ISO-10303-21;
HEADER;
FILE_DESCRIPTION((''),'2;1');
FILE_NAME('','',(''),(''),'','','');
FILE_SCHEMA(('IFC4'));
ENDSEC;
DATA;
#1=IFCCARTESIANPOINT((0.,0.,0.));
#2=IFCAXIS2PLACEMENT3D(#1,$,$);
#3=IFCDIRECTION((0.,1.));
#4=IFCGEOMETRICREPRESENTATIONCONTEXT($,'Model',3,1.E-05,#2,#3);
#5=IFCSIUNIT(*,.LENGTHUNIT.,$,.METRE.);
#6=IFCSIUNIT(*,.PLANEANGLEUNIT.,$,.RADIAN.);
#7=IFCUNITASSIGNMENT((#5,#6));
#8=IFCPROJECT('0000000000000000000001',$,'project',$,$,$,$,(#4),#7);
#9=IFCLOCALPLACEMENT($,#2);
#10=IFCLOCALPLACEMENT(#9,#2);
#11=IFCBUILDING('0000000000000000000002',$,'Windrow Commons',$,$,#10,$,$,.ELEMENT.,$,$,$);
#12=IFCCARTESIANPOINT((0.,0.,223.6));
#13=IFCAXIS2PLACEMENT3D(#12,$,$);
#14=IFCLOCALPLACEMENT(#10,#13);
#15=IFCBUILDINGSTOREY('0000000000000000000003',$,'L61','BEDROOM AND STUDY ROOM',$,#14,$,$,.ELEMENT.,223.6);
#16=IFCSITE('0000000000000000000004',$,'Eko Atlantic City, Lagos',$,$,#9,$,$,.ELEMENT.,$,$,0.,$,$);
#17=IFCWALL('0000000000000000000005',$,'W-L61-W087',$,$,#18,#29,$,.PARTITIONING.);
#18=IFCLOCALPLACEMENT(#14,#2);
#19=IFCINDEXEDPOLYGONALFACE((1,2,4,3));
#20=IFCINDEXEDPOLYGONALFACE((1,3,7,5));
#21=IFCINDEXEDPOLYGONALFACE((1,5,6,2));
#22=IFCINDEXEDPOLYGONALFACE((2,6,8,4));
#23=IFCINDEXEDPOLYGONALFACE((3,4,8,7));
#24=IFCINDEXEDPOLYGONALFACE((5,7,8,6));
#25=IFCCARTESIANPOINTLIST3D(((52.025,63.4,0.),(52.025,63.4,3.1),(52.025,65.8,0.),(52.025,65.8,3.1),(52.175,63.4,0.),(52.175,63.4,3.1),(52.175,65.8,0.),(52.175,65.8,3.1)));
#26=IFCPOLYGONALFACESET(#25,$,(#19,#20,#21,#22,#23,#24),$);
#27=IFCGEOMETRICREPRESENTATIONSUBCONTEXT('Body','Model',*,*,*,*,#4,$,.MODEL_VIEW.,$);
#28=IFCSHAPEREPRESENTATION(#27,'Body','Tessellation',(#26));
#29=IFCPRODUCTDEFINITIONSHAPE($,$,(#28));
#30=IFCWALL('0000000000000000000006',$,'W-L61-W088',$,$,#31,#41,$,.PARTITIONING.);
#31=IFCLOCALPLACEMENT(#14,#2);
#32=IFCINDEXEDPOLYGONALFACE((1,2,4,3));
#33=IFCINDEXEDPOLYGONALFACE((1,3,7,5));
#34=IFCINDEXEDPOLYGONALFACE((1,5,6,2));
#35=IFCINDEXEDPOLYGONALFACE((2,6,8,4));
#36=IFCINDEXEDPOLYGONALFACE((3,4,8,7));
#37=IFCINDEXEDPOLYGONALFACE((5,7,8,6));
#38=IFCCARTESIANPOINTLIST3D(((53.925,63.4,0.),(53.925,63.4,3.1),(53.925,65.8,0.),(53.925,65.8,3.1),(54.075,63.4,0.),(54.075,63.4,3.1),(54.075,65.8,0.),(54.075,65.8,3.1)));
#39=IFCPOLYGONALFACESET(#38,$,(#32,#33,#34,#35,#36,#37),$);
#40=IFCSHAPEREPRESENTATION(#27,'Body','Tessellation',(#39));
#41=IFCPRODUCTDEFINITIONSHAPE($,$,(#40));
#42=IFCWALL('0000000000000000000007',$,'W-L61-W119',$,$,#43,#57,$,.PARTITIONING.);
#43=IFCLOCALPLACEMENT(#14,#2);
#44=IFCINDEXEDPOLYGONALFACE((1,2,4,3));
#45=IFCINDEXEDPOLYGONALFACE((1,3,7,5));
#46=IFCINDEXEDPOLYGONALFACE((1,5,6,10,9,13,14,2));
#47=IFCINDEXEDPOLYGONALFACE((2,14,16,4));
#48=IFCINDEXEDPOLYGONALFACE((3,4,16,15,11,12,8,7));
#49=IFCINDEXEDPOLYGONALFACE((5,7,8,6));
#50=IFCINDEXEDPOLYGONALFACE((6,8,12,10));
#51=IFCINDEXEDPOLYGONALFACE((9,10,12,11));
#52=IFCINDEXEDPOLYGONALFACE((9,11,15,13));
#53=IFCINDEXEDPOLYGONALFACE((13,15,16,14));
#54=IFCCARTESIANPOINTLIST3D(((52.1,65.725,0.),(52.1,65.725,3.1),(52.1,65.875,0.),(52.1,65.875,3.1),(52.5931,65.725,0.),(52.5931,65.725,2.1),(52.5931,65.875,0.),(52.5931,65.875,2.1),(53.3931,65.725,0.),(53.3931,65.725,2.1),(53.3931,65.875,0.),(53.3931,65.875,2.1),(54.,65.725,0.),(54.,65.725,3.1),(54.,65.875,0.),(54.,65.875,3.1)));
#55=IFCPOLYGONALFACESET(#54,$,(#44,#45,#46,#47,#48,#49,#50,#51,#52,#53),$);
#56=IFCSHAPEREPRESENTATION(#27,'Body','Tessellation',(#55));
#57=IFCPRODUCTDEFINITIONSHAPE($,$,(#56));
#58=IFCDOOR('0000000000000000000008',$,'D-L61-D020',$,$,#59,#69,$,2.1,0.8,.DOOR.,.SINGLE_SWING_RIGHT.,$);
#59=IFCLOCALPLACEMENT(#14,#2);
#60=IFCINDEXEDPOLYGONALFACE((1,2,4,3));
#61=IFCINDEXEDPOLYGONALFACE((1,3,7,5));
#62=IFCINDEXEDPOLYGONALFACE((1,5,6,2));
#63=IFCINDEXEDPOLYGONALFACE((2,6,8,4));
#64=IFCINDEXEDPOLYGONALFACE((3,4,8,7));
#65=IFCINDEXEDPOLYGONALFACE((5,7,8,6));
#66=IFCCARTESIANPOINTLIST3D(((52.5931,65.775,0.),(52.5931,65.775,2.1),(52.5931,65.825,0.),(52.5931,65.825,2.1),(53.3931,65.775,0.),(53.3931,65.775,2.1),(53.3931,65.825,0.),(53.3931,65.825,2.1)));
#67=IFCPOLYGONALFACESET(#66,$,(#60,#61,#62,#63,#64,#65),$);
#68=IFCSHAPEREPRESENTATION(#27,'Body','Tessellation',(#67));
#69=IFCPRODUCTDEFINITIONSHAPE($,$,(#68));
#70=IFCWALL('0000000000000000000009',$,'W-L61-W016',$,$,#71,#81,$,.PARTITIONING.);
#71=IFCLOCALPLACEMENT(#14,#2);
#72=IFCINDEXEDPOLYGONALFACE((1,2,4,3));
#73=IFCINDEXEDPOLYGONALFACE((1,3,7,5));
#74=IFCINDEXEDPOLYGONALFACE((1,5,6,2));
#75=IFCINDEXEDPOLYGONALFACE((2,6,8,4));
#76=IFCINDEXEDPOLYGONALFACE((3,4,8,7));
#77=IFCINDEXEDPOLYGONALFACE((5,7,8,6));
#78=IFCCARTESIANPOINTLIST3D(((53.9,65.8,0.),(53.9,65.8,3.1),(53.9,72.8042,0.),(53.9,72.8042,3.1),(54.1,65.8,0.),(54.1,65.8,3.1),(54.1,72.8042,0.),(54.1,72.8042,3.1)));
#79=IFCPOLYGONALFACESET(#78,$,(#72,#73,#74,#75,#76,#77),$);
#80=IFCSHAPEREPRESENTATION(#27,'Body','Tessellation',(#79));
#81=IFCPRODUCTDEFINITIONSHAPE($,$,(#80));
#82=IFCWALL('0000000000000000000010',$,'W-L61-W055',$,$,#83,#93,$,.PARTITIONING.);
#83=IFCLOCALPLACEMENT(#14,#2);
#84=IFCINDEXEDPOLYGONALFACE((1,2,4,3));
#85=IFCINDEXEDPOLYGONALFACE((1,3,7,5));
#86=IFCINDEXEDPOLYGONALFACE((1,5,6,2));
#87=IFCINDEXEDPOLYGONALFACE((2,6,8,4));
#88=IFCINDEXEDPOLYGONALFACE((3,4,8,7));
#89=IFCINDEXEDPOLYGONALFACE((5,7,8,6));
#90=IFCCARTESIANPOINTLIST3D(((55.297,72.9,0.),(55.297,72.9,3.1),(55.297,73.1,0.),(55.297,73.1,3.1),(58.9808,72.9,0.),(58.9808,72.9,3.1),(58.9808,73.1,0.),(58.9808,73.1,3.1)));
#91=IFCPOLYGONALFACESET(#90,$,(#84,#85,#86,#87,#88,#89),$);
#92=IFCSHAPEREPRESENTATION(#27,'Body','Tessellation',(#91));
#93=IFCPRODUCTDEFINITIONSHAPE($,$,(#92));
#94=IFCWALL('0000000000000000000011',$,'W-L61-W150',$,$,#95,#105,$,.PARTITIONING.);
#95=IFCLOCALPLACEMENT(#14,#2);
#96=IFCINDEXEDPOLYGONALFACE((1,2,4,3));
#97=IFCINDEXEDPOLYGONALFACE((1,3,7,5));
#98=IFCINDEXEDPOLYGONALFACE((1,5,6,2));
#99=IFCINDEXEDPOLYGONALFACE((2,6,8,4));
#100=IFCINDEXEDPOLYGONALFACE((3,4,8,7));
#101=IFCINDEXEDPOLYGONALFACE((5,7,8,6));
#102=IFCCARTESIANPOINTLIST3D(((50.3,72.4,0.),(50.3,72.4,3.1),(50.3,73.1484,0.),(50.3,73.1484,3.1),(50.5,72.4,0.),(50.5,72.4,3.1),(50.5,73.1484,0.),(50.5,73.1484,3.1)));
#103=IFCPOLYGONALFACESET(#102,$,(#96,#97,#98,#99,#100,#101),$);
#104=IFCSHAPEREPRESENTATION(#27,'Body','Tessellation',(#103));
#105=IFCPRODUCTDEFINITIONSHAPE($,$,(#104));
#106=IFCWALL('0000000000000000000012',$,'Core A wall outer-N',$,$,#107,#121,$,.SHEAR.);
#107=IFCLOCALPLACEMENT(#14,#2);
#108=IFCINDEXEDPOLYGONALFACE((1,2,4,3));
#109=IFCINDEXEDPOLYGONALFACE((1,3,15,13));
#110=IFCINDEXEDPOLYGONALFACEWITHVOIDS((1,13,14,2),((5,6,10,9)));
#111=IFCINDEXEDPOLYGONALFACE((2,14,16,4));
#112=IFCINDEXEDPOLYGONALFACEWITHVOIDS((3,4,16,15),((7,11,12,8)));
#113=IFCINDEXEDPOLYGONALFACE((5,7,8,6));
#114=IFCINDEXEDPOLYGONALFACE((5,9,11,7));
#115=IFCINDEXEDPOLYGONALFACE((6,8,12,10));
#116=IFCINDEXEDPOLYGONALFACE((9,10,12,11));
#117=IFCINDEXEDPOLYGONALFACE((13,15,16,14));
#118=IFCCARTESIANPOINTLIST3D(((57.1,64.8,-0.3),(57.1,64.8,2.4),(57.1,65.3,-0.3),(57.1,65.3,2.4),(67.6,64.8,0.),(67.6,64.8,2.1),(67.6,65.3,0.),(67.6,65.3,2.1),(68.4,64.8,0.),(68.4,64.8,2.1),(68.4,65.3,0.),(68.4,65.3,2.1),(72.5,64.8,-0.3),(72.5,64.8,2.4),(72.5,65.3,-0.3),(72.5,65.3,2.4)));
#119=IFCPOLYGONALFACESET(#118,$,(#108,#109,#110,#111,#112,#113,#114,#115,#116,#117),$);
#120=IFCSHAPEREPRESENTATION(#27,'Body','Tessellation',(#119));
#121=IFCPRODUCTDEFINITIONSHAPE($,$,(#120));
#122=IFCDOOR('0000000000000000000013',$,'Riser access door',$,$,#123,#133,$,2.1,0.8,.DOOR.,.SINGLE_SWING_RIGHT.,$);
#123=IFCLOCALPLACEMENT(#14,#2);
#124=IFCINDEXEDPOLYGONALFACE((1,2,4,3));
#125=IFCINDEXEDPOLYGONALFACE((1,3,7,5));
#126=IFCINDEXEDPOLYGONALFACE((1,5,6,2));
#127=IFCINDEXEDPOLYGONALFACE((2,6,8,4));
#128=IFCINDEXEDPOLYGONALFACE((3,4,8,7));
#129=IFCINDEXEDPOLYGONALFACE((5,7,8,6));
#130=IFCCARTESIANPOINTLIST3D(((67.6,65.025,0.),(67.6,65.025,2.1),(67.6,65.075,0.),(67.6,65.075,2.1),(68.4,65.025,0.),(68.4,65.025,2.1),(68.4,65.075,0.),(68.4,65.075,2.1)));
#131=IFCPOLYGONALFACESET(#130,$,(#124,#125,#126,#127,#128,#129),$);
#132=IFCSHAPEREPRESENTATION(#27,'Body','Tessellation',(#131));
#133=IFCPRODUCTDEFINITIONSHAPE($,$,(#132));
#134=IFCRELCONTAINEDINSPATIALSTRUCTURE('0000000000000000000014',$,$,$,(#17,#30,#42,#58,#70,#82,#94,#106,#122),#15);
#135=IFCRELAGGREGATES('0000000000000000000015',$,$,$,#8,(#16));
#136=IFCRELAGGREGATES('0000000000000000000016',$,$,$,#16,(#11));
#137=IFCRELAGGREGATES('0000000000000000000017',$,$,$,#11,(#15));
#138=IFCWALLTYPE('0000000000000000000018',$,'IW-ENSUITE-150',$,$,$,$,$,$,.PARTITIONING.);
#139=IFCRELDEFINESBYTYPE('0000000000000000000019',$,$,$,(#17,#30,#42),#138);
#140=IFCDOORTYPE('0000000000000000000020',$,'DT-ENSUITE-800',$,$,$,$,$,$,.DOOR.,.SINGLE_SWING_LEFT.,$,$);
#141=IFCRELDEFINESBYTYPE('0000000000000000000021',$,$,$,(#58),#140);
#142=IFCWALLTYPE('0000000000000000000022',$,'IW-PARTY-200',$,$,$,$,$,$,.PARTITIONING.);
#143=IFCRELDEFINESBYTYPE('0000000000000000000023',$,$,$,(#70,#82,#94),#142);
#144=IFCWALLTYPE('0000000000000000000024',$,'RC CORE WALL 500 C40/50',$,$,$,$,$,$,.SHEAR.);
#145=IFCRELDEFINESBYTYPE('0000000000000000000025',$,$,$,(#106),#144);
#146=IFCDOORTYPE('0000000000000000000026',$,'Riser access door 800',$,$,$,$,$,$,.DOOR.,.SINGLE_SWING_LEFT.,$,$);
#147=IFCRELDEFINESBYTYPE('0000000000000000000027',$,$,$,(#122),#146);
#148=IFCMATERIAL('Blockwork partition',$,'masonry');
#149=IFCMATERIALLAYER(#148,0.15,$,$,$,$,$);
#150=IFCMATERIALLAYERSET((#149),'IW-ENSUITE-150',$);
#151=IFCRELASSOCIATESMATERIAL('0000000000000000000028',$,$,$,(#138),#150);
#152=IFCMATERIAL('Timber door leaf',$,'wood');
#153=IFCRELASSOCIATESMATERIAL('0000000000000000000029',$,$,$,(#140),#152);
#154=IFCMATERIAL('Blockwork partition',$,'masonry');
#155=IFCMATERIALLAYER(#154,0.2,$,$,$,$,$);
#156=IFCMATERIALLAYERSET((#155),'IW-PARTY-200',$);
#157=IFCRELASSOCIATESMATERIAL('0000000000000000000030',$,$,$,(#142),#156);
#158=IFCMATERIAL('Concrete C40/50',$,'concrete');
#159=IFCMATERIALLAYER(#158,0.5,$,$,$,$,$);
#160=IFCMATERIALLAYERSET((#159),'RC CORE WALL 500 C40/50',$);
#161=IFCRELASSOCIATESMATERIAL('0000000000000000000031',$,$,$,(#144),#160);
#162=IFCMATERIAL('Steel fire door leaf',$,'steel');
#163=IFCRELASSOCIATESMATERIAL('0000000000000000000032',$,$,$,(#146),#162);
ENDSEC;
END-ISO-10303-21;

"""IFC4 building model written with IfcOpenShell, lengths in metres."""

from ifc_helpers import new_model, si_unit, direction, frame, frame_2d, origin, place, context, subcontext, project, spatial, rectangle, extrude, material, layer, layer_set, type_object, element, fill, save


model = new_model("IFC4")

# Units and contexts
model_context = context("Model", 3, precision=1e-05, world=origin(), true_north=direction((0.0, 1.0)))
body_context = subcontext(model_context, "Body", "Model", "MODEL_VIEW")
ifc_project = project(units=[si_unit("LENGTHUNIT", "METRE"), si_unit("PLANEANGLEUNIT", "RADIAN")], contexts=[model_context])

# Site, building, storey
site_placement = place(None, origin())
site = spatial("IfcSite", under=ifc_project, at=site_placement, Name="Eko Atlantic City, Lagos", CompositionType="ELEMENT", RefElevation=0.0)
building_placement = place(site_placement, origin())
building = spatial("IfcBuilding", under=site, at=building_placement, Name="Windrow Commons", CompositionType="ELEMENT")
storey_placement = place(building_placement, frame((0.0, 0.0, 223.6)))
storey = spatial("IfcBuildingStorey", under=building, at=storey_placement, Name="L61", Description="BEDROOM AND STUDY ROOM", CompositionType="ELEMENT", Elevation=223.6)

# Walls
ifc_material_1 = material(Name="Blockwork partition", Category="masonry")
ifc_layer_1 = layer(ifc_material_1, 0.15)
ifc_layer_set_1 = layer_set([ifc_layer_1], Name="IW-ENSUITE-150")
wall_type_1 = type_object("IfcWallType", Name="IW-ENSUITE-150", PredefinedType="PARTITIONING", material=ifc_layer_set_1)
for number, where, z_axis, x_axis, name in (
    (1, (52.1, 63.4, 0.0), (0.0, 0.0, 1.0), (0.0, 1.0, 0.0), "W-L61-W087"),
    (2, (54.0, 63.4, 0.0), (0.0, 0.0, 1.0), (0.0, 1.0, 0.0), "W-L61-W088"),
):
    element("IfcWall", number, at=place(storey_placement, frame(where, z_axis=z_axis, x_axis=x_axis)), inside=storey, type_object=wall_type_1, Name=name, PredefinedType="PARTITIONING", context=body_context, shape_type="SweptSolid", body=[
        extrude(rectangle(XDim=2.4, YDim=0.15, at=frame_2d((1.2, 0.0))), origin(), (0.0, 0.0, 1.0), 3.1),
    ])

# Wall, opening, door
wall_1_placement = place(storey_placement, frame((52.1, 65.8, 0.0), z_axis=(0.0, 0.0, 1.0), x_axis=(1.0, 0.0, 0.0)))
wall_1 = element("IfcWall", 3, at=wall_1_placement, inside=storey, type_object=wall_type_1, Name="W-L61-W119", PredefinedType="PARTITIONING", context=body_context, shape_type="SweptSolid", body=[
    extrude(rectangle(XDim=1.9, YDim=0.15, at=frame_2d((0.95, 0.0))), origin(), (0.0, 0.0, 1.0), 3.1),
])
opening_1_placement = place(wall_1_placement, frame((0.4931, 0.0, 0.0)))
opening_1 = element("IfcOpeningElement", 4, at=opening_1_placement, cuts=wall_1, PredefinedType="OPENING", context=body_context, shape_type="SweptSolid", body=[
    extrude(rectangle(XDim=0.8, YDim=2.1, at=frame_2d((0.4, 1.05))), frame((0.0, 0.085, 0.0), z_axis=(0.0, -1.0, 0.0), x_axis=(1.0, 0.0, 0.0)), (0.0, 0.0, 1.0), 0.17),
])
ifc_material_2 = material(Name="Timber door leaf", Category="wood")
door_type_1 = type_object("IfcDoorType", Name="DT-ENSUITE-800", OperationType="SINGLE_SWING_LEFT", PredefinedType="DOOR", material=ifc_material_2)
door_1_placement = place(opening_1_placement, origin())
door_1 = element("IfcDoor", 5, at=door_1_placement, inside=storey, type_object=door_type_1, Name="D-L61-D020", OperationType="SINGLE_SWING_RIGHT", OverallHeight=2.1, OverallWidth=0.8, PredefinedType="DOOR", context=body_context, shape_type="SweptSolid", body=[
    extrude(rectangle(XDim=0.8, YDim=2.1, at=frame_2d((0.4, 1.05))), frame((0.0, 0.025, 0.0), z_axis=(0.0, -1.0, 0.0), x_axis=(1.0, 0.0, 0.0)), (0.0, 0.0, 1.0), 0.05),
])
fill(opening_1, door_1)

# Walls
ifc_material_3 = material(Name="Blockwork partition", Category="masonry")
ifc_layer_2 = layer(ifc_material_3, 0.2)
ifc_layer_set_2 = layer_set([ifc_layer_2], Name="IW-PARTY-200")
wall_type_2 = type_object("IfcWallType", Name="IW-PARTY-200", PredefinedType="PARTITIONING", material=ifc_layer_set_2)
wall_2_placement = place(storey_placement, frame((54.0, 65.8, 0.0), z_axis=(0.0, 0.0, 1.0), x_axis=(0.0, 1.0, 0.0)))
element("IfcWall", 6, at=wall_2_placement, inside=storey, type_object=wall_type_2, Name="W-L61-W016", PredefinedType="PARTITIONING", context=body_context, shape_type="SweptSolid", body=[
    extrude(rectangle(XDim=7.0043, YDim=0.2, at=frame_2d((3.5021, 0.0))), origin(), (0.0, 0.0, 1.0), 3.1),
])
wall_3_placement = place(storey_placement, frame((55.297, 73.0, 0.0), z_axis=(0.0, 0.0, 1.0), x_axis=(1.0, 0.0, 0.0)))
element("IfcWall", 7, at=wall_3_placement, inside=storey, type_object=wall_type_2, Name="W-L61-W055", PredefinedType="PARTITIONING", context=body_context, shape_type="SweptSolid", body=[
    extrude(rectangle(XDim=3.6839, YDim=0.2, at=frame_2d((1.8419, 0.0))), origin(), (0.0, 0.0, 1.0), 3.1),
])
wall_4_placement = place(storey_placement, frame((50.4, 72.4, 0.0), z_axis=(0.0, 0.0, 1.0), x_axis=(0.0, 1.0, 0.0)))
element("IfcWall", 8, at=wall_4_placement, inside=storey, type_object=wall_type_2, Name="W-L61-W150", PredefinedType="PARTITIONING", context=body_context, shape_type="SweptSolid", body=[
    extrude(rectangle(XDim=0.7484, YDim=0.2, at=frame_2d((0.3742, 0.0))), origin(), (0.0, 0.0, 1.0), 3.1),
])

# Wall, opening, door
ifc_material_4 = material(Name="Concrete C40/50", Category="concrete")
ifc_layer_3 = layer(ifc_material_4, 0.5)
ifc_layer_set_3 = layer_set([ifc_layer_3], Name="RC CORE WALL 500 C40/50")
wall_type_3 = type_object("IfcWallType", Name="RC CORE WALL 500 C40/50", PredefinedType="SHEAR", material=ifc_layer_set_3)
wall_5_placement = place(storey_placement, frame((57.1, 65.05, -0.3), z_axis=(0.0, 0.0, 1.0), x_axis=(1.0, 0.0, 0.0)))
wall_5 = element("IfcWall", 9, at=wall_5_placement, inside=storey, type_object=wall_type_3, Name="Core A wall outer-N", PredefinedType="SHEAR", context=body_context, shape_type="SweptSolid", body=[
    extrude(rectangle(XDim=15.4, YDim=0.5, at=frame_2d((7.7, 0.0))), origin(), (0.0, 0.0, 1.0), 2.7),
])
opening_2_placement = place(wall_5_placement, frame((10.5, 0.0, 0.3)))
opening_2 = element("IfcOpeningElement", 10, at=opening_2_placement, cuts=wall_5, PredefinedType="OPENING", context=body_context, shape_type="SweptSolid", body=[
    extrude(rectangle(XDim=0.8, YDim=2.1, at=frame_2d((0.4, 1.05))), frame((0.0, 0.26, 0.0), z_axis=(0.0, -1.0, 0.0), x_axis=(1.0, 0.0, 0.0)), (0.0, 0.0, 1.0), 0.52),
])
ifc_material_5 = material(Name="Steel fire door leaf", Category="steel")
door_type_2 = type_object("IfcDoorType", Name="Riser access door 800", OperationType="SINGLE_SWING_LEFT", PredefinedType="DOOR", material=ifc_material_5)
door_2_placement = place(opening_2_placement, origin())
door_2 = element("IfcDoor", 11, at=door_2_placement, inside=storey, type_object=door_type_2, Name="Riser access door", OperationType="SINGLE_SWING_RIGHT", OverallHeight=2.1, OverallWidth=0.8, PredefinedType="DOOR", context=body_context, shape_type="SweptSolid", body=[
    extrude(rectangle(XDim=0.8, YDim=2.1, at=frame_2d((0.4, 1.05))), frame((0.0, 0.025, 0.0), z_axis=(0.0, -1.0, 0.0), x_axis=(1.0, 0.0, 0.0)), (0.0, 0.0, 1.0), 0.05),
])
fill(opening_2, door_2)

save(model, "model.ifc")
